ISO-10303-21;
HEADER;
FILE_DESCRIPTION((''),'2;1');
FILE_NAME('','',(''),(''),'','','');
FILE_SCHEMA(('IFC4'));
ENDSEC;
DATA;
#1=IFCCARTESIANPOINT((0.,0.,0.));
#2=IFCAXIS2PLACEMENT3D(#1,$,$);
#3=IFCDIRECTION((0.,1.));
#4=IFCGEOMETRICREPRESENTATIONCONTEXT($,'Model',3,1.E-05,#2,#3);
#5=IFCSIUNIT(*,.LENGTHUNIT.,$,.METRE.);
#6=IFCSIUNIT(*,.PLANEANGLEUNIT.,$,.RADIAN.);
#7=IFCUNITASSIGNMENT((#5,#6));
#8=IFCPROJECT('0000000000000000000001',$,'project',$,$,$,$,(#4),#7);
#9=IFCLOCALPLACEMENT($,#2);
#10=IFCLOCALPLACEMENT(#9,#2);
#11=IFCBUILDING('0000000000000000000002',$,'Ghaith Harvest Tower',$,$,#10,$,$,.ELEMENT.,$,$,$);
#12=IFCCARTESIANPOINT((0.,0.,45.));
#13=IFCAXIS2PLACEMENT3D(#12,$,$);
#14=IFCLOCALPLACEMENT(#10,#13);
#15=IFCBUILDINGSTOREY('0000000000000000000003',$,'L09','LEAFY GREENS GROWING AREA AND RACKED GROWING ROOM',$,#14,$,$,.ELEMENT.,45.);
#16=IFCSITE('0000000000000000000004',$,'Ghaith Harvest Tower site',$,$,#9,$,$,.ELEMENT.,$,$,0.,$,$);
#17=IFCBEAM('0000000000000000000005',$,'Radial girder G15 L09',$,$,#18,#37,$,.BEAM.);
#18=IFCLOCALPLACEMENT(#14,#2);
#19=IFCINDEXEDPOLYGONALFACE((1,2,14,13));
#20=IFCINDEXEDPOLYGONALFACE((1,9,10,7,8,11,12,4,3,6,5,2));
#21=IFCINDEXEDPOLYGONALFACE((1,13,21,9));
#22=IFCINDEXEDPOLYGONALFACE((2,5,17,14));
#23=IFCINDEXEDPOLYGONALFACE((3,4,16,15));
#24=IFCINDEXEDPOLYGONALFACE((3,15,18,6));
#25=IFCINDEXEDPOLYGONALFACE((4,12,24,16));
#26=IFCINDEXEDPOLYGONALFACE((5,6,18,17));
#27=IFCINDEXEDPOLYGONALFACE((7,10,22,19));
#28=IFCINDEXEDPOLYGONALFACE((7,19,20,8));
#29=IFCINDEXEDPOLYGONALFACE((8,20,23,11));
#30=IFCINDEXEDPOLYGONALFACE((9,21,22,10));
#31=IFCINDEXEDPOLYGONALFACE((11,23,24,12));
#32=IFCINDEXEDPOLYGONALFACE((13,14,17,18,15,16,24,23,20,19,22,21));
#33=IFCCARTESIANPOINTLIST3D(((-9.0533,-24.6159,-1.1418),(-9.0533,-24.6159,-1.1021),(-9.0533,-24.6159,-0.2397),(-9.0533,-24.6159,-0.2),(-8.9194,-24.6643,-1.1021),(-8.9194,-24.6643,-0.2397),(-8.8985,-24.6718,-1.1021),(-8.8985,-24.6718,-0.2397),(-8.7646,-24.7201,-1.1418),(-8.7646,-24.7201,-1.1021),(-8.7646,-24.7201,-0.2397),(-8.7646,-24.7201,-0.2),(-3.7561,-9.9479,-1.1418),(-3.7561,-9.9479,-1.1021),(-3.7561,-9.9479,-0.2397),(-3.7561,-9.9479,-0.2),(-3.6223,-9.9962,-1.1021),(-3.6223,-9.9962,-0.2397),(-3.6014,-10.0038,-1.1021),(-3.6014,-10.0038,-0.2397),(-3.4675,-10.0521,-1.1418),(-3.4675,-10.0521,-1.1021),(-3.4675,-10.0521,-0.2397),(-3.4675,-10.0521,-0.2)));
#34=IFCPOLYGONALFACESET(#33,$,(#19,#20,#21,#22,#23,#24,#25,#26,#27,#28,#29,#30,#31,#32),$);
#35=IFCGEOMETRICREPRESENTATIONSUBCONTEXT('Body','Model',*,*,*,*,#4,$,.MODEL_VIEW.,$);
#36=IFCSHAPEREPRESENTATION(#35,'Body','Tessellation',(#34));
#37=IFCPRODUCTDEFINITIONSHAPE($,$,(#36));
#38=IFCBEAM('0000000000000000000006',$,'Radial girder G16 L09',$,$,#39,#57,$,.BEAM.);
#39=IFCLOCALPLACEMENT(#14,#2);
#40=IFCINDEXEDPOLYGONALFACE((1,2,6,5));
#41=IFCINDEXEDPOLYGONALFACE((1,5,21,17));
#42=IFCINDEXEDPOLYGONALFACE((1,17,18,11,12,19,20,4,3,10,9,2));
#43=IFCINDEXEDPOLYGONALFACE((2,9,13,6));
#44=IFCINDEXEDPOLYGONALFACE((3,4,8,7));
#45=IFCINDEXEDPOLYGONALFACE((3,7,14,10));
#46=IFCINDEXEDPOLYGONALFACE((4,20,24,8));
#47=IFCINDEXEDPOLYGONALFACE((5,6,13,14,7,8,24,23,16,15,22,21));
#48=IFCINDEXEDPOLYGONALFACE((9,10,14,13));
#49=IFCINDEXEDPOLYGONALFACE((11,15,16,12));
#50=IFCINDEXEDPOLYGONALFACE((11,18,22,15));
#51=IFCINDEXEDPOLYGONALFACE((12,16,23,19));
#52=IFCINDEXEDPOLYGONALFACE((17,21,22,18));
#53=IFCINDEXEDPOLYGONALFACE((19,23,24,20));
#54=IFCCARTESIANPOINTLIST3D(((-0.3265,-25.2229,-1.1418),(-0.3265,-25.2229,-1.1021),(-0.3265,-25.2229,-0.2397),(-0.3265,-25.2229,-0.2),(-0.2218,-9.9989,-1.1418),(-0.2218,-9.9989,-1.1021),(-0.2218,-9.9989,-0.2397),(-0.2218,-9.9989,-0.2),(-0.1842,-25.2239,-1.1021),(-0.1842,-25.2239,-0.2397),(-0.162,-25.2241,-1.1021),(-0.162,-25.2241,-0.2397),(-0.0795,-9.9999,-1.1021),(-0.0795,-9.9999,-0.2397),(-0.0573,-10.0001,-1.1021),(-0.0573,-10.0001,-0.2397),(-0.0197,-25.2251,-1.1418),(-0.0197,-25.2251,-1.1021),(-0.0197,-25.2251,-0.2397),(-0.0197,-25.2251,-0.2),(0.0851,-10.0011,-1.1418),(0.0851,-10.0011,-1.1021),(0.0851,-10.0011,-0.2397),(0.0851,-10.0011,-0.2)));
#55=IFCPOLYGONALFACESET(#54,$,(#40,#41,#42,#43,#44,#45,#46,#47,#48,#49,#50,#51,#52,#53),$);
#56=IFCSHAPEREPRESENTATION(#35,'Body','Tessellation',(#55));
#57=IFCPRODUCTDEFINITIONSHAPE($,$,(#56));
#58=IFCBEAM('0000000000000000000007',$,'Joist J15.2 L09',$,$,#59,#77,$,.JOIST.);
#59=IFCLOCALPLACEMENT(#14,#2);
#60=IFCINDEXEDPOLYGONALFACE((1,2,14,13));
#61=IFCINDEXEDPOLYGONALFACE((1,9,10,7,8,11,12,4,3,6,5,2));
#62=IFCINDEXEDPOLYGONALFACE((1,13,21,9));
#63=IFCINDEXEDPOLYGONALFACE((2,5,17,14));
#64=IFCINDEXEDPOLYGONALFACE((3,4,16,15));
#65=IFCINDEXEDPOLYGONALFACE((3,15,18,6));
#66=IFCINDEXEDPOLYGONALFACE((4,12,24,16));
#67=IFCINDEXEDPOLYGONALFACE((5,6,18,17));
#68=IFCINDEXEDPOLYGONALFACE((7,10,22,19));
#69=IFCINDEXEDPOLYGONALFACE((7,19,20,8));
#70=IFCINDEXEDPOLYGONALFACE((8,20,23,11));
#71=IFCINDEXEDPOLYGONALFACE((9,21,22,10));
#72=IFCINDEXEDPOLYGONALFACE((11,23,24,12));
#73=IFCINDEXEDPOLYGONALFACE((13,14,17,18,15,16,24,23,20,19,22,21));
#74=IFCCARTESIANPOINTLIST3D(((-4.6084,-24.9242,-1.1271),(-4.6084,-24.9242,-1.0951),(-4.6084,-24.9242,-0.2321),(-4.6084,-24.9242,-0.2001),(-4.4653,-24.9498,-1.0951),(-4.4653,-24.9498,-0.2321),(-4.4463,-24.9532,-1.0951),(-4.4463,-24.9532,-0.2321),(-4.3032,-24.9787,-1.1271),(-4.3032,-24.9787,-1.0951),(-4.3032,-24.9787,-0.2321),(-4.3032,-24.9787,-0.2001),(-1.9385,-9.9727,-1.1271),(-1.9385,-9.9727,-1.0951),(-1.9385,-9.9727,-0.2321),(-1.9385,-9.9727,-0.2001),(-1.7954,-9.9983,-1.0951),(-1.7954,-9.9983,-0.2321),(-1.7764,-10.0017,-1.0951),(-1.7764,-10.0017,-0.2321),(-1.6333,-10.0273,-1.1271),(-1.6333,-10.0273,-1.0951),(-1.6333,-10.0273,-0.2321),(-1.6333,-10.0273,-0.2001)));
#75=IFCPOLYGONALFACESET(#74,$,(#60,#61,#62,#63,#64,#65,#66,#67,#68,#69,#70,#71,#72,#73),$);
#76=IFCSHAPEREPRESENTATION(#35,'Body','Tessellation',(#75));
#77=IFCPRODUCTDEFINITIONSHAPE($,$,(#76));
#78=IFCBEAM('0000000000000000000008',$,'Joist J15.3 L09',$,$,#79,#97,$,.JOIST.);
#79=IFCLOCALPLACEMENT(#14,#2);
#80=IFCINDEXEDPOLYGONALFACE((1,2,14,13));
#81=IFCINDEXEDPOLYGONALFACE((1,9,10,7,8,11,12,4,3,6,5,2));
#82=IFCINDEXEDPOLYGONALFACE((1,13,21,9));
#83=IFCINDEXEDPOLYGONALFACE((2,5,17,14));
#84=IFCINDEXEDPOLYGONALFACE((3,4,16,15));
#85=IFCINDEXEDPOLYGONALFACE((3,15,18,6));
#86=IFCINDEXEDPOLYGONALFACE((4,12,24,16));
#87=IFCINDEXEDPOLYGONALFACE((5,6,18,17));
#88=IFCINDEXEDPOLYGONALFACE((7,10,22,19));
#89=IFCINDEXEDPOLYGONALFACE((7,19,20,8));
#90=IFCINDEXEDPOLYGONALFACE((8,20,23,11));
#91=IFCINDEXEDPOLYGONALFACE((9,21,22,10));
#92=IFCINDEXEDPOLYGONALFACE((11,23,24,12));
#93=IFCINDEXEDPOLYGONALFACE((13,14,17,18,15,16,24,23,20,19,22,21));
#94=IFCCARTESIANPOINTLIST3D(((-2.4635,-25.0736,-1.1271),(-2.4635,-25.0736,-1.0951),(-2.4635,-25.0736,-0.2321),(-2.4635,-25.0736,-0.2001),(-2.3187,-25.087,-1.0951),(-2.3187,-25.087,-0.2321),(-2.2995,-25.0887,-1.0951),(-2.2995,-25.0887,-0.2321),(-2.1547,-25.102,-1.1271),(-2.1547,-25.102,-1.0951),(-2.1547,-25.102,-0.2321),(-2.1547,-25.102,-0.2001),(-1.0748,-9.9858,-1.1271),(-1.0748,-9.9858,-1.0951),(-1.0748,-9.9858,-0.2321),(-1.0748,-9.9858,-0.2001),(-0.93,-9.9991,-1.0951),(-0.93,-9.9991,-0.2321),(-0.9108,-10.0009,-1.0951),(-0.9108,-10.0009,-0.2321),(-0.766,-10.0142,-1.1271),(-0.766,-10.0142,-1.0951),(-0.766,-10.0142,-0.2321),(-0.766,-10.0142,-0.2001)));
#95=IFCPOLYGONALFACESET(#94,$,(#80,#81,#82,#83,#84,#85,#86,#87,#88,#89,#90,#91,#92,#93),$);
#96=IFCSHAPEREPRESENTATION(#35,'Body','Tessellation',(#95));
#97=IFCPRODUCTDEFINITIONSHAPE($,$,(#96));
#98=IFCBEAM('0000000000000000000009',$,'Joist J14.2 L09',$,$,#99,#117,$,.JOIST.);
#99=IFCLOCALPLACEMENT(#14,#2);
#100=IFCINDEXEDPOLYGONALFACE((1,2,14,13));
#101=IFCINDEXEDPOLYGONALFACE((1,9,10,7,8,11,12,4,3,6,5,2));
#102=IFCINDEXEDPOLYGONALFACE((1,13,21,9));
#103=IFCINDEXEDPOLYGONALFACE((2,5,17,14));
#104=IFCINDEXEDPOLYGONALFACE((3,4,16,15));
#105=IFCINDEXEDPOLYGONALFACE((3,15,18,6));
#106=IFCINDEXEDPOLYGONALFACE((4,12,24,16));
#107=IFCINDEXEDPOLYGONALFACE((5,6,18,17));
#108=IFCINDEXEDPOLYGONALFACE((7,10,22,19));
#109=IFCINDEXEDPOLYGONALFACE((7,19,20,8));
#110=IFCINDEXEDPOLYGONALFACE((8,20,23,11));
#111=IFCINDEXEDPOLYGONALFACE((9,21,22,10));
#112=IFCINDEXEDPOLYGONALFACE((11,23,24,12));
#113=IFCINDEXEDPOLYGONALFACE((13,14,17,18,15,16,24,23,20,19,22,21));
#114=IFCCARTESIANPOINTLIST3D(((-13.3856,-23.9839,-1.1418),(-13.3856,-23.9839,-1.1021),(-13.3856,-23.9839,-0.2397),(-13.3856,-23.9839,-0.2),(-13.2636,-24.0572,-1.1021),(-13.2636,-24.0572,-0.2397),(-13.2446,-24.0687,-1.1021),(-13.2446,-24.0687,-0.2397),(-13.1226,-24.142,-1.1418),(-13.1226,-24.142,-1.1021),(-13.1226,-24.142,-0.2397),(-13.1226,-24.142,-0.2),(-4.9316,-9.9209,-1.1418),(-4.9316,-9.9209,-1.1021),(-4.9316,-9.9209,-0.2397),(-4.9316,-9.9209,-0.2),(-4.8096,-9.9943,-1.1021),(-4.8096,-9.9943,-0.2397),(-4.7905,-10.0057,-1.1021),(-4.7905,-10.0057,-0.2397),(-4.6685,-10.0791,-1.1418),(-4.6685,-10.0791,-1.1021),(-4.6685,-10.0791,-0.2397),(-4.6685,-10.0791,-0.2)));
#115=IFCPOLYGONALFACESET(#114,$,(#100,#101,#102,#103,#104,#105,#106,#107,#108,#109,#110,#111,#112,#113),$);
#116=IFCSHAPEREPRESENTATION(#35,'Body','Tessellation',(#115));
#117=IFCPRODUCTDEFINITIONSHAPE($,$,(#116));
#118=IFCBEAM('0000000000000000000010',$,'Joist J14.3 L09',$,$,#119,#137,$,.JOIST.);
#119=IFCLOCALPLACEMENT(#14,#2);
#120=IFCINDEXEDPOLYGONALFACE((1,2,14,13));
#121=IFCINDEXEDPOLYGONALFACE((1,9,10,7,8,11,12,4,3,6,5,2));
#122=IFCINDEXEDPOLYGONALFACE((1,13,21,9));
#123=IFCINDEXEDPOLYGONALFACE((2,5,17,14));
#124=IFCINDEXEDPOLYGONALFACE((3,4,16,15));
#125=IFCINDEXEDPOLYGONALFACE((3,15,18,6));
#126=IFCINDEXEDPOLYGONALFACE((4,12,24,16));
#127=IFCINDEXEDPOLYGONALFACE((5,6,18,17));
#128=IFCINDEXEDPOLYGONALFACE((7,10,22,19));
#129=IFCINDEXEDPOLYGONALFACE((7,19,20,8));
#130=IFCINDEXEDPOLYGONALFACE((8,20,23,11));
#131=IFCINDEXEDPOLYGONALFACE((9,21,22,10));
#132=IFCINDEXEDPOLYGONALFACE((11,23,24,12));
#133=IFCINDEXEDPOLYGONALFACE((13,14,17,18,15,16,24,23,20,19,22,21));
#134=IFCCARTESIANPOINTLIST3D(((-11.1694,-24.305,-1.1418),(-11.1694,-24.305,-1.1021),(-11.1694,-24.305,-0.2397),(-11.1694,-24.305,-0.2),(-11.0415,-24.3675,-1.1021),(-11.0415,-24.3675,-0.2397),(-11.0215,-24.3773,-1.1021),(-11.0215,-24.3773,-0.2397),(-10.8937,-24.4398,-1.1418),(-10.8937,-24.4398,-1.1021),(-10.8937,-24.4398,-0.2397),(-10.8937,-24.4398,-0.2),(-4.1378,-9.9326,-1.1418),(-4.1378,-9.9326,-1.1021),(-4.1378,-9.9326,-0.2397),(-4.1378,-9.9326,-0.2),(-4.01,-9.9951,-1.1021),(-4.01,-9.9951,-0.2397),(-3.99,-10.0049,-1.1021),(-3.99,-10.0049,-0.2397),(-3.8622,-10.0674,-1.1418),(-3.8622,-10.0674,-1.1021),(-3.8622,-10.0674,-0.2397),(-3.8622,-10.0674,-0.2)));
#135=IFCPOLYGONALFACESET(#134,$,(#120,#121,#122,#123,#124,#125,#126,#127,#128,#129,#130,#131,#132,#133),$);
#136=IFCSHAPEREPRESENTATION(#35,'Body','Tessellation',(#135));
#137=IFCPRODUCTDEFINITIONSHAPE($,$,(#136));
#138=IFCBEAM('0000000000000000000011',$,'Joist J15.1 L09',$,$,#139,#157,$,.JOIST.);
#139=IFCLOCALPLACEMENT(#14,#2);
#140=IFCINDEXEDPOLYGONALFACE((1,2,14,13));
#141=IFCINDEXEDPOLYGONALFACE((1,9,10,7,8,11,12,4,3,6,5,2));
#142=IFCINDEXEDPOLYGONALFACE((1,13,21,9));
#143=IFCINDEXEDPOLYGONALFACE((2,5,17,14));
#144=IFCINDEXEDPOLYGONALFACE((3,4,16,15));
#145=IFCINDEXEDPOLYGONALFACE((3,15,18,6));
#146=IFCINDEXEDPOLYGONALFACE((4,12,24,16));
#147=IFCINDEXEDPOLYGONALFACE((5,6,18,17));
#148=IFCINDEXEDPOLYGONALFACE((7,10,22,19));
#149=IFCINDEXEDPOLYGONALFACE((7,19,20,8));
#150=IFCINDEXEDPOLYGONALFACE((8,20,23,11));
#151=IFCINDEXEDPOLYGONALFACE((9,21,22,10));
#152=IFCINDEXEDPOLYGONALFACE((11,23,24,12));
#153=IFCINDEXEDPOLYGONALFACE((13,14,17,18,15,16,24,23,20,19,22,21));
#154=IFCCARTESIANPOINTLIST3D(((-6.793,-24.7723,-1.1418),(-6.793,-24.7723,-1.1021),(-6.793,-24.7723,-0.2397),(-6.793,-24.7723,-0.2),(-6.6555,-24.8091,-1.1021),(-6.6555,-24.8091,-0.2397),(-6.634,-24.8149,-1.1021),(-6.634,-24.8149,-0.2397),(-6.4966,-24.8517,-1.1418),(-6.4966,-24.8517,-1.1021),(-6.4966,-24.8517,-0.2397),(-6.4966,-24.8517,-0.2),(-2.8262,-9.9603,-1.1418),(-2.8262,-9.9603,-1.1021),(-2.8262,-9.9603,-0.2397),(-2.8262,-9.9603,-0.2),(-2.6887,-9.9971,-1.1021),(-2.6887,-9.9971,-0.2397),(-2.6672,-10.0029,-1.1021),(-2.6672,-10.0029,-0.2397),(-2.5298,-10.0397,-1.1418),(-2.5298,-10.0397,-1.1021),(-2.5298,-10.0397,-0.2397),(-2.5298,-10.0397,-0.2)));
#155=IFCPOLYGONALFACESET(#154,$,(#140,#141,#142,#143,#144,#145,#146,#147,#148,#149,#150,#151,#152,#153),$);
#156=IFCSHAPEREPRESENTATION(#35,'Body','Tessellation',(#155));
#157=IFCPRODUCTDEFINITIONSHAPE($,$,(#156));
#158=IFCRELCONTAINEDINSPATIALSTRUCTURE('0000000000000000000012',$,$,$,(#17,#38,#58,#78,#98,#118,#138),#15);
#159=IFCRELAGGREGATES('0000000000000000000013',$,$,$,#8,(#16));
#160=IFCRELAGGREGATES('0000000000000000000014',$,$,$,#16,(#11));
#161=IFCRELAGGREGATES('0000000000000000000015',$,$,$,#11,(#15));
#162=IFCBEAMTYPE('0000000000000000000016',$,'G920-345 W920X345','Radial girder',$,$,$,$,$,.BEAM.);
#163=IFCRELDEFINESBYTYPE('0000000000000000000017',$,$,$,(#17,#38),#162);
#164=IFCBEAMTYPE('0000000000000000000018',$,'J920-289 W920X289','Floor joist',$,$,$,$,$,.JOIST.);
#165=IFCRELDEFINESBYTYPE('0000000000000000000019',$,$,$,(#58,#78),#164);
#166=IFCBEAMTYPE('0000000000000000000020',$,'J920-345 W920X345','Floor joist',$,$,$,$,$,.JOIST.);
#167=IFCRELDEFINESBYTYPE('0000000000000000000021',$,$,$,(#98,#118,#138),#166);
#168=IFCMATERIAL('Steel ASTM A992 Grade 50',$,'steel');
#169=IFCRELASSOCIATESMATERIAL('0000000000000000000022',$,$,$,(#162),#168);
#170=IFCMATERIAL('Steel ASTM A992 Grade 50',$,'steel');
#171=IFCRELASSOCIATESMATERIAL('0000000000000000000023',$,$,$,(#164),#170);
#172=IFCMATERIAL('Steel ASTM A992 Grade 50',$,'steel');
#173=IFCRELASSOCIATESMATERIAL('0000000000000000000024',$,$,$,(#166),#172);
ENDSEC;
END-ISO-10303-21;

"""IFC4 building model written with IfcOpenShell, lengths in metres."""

from ifc_helpers import new_model, si_unit, direction, frame, origin, origin_2d, place, context, subcontext, project, spatial, i_section, extrude, material, material_profile, profile_set, type_object, element, save


model = new_model("IFC4")

# Units and contexts
model_context = context("Model", 3, precision=1e-05, world=origin(), true_north=direction((0.0, 1.0)))
body_context = subcontext(model_context, "Body", "Model", "MODEL_VIEW")
ifc_project = project(units=[si_unit("LENGTHUNIT", "METRE"), si_unit("PLANEANGLEUNIT", "RADIAN")], contexts=[model_context])

# Site, building, storey
site_placement = place(None, origin())
site = spatial("IfcSite", under=ifc_project, at=site_placement, Name="Ghaith Harvest Tower site", CompositionType="ELEMENT", RefElevation=0.0)
building_placement = place(site_placement, origin())
building = spatial("IfcBuilding", under=site, at=building_placement, Name="Ghaith Harvest Tower", CompositionType="ELEMENT")
storey_placement = place(building_placement, frame((0.0, 0.0, 45.0)))
storey = spatial("IfcBuildingStorey", under=building, at=storey_placement, Name="L09", Description="LEAFY GREENS GROWING AREA AND RACKED GROWING ROOM", CompositionType="ELEMENT", Elevation=45.0)

# Beams
ifc_material_1 = material(Name="Steel ASTM A992 Grade 50", Category="steel")
ifc_material_profile_1 = material_profile(ifc_material_1, i_section(OverallWidth=0.3069, OverallDepth=0.9419, WebThickness=0.0222, FlangeThickness=0.0398, at=origin_2d()), Name="W920X345")
ifc_profile_set_1 = profile_set([ifc_material_profile_1], Name="Steel ASTM A992 Grade 50")
beam_type_1 = type_object("IfcBeamType", Name="G920-345 W920X345", Description="Radial girder", PredefinedType="BEAM", material=ifc_profile_set_1)
beam_1_placement = place(storey_placement, frame((-3.6118, -10.0, -0.6709), z_axis=(-0.339664, -0.940547, 0.0), x_axis=(0.940547, -0.339664, 0.0)))
element("IfcBeam", 1, at=beam_1_placement, inside=storey, type_object=beam_type_1, Name="Radial girder G15 L09", PredefinedType="BEAM", context=body_context, shape_type="SweptSolid", body=[
    extrude(i_section(OverallWidth=0.3069, OverallDepth=0.9419, WebThickness=0.0222, FlangeThickness=0.0398, at=origin_2d()), origin(), (0.0, 0.0, 1.0), 15.5952),
])
beam_2_placement = place(storey_placement, frame((-0.0684, -10.0, -0.6709), z_axis=(-0.006879, -0.999976, 0.0), x_axis=(0.999976, -0.006879, 0.0)))
element("IfcBeam", 2, at=beam_2_placement, inside=storey, type_object=beam_type_1, Name="Radial girder G16 L09", PredefinedType="BEAM", context=body_context, shape_type="SweptSolid", body=[
    extrude(i_section(OverallWidth=0.3069, OverallDepth=0.9419, WebThickness=0.0222, FlangeThickness=0.0398, at=origin_2d()), origin(), (0.0, 0.0, 1.0), 15.2244),
])
ifc_material_2 = material(Name="Steel ASTM A992 Grade 50", Category="steel")
ifc_material_profile_2 = material_profile(ifc_material_2, i_section(OverallWidth=0.3101, OverallDepth=0.927, WebThickness=0.0193, FlangeThickness=0.032, at=origin_2d()), Name="W920X289")
ifc_profile_set_2 = profile_set([ifc_material_profile_2], Name="Steel ASTM A992 Grade 50")
beam_type_2 = type_object("IfcBeamType", Name="J920-289 W920X289", Description="Floor joist", PredefinedType="JOIST", material=ifc_profile_set_2)
beam_3_placement = place(storey_placement, frame((-1.7859, -10.0, -0.6636), z_axis=(-0.175792, -0.984427, 0.0), x_axis=(0.984427, -0.175792, 0.0)))
element("IfcBeam", 3, at=beam_3_placement, inside=storey, type_object=beam_type_2, Name="Joist J15.2 L09", PredefinedType="JOIST", context=body_context, shape_type="SweptSolid", body=[
    extrude(i_section(OverallWidth=0.3101, OverallDepth=0.927, WebThickness=0.0193, FlangeThickness=0.032, at=origin_2d()), origin(), (0.0, 0.0, 1.0), 15.188),
])
beam_4_placement = place(storey_placement, frame((-0.9204, -10.0, -0.6636), z_axis=(-0.091651, -0.995791, 0.0), x_axis=(0.995791, -0.091651, 0.0)))
element("IfcBeam", 4, at=beam_4_placement, inside=storey, type_object=beam_type_2, Name="Joist J15.3 L09", PredefinedType="JOIST", context=body_context, shape_type="SweptSolid", body=[
    extrude(i_section(OverallWidth=0.3101, OverallDepth=0.927, WebThickness=0.0193, FlangeThickness=0.032, at=origin_2d()), origin(), (0.0, 0.0, 1.0), 15.1516),
])
ifc_material_3 = material(Name="Steel ASTM A992 Grade 50", Category="steel")
ifc_material_profile_3 = material_profile(ifc_material_3, i_section(OverallWidth=0.3069, OverallDepth=0.9419, WebThickness=0.0222, FlangeThickness=0.0398, at=origin_2d()), Name="W920X345")
ifc_profile_set_3 = profile_set([ifc_material_profile_3], Name="Steel ASTM A992 Grade 50")
beam_type_3 = type_object("IfcBeamType", Name="J920-345 W920X345", Description="Floor joist", PredefinedType="JOIST", material=ifc_profile_set_3)
beam_5_placement = place(storey_placement, frame((-4.8, -10.0, -0.6709), z_axis=(-0.515226, -0.857054, 0.0), x_axis=(0.857054, -0.515226, 0.0)))
element("IfcBeam", 5, at=beam_5_placement, inside=storey, type_object=beam_type_3, Name="Joist J14.2 L09", PredefinedType="JOIST", context=body_context, shape_type="SweptSolid", body=[
    extrude(i_section(OverallWidth=0.3069, OverallDepth=0.9419, WebThickness=0.0222, FlangeThickness=0.0398, at=origin_2d()), origin(), (0.0, 0.0, 1.0), 16.4084),
])
beam_6_placement = place(storey_placement, frame((-4.0, -10.0, -0.6709), z_axis=(-0.439464, -0.89826, 0.0), x_axis=(0.89826, -0.439464, 0.0)))
element("IfcBeam", 6, at=beam_6_placement, inside=storey, type_object=beam_type_3, Name="Joist J14.3 L09", PredefinedType="JOIST", context=body_context, shape_type="SweptSolid", body=[
    extrude(i_section(OverallWidth=0.3069, OverallDepth=0.9419, WebThickness=0.0222, FlangeThickness=0.0398, at=origin_2d()), origin(), (0.0, 0.0, 1.0), 16.0002),
])
beam_7_placement = place(storey_placement, frame((-2.678, -10.0, -0.6709), z_axis=(-0.258693, -0.96596, 0.0), x_axis=(0.96596, -0.258693, 0.0)))
element("IfcBeam", 7, at=beam_7_placement, inside=storey, type_object=beam_type_3, Name="Joist J15.1 L09", PredefinedType="JOIST", context=body_context, shape_type="SweptSolid", body=[
    extrude(i_section(OverallWidth=0.3069, OverallDepth=0.9419, WebThickness=0.0222, FlangeThickness=0.0398, at=origin_2d()), origin(), (0.0, 0.0, 1.0), 15.334),
])

save(model, "model.ifc")
